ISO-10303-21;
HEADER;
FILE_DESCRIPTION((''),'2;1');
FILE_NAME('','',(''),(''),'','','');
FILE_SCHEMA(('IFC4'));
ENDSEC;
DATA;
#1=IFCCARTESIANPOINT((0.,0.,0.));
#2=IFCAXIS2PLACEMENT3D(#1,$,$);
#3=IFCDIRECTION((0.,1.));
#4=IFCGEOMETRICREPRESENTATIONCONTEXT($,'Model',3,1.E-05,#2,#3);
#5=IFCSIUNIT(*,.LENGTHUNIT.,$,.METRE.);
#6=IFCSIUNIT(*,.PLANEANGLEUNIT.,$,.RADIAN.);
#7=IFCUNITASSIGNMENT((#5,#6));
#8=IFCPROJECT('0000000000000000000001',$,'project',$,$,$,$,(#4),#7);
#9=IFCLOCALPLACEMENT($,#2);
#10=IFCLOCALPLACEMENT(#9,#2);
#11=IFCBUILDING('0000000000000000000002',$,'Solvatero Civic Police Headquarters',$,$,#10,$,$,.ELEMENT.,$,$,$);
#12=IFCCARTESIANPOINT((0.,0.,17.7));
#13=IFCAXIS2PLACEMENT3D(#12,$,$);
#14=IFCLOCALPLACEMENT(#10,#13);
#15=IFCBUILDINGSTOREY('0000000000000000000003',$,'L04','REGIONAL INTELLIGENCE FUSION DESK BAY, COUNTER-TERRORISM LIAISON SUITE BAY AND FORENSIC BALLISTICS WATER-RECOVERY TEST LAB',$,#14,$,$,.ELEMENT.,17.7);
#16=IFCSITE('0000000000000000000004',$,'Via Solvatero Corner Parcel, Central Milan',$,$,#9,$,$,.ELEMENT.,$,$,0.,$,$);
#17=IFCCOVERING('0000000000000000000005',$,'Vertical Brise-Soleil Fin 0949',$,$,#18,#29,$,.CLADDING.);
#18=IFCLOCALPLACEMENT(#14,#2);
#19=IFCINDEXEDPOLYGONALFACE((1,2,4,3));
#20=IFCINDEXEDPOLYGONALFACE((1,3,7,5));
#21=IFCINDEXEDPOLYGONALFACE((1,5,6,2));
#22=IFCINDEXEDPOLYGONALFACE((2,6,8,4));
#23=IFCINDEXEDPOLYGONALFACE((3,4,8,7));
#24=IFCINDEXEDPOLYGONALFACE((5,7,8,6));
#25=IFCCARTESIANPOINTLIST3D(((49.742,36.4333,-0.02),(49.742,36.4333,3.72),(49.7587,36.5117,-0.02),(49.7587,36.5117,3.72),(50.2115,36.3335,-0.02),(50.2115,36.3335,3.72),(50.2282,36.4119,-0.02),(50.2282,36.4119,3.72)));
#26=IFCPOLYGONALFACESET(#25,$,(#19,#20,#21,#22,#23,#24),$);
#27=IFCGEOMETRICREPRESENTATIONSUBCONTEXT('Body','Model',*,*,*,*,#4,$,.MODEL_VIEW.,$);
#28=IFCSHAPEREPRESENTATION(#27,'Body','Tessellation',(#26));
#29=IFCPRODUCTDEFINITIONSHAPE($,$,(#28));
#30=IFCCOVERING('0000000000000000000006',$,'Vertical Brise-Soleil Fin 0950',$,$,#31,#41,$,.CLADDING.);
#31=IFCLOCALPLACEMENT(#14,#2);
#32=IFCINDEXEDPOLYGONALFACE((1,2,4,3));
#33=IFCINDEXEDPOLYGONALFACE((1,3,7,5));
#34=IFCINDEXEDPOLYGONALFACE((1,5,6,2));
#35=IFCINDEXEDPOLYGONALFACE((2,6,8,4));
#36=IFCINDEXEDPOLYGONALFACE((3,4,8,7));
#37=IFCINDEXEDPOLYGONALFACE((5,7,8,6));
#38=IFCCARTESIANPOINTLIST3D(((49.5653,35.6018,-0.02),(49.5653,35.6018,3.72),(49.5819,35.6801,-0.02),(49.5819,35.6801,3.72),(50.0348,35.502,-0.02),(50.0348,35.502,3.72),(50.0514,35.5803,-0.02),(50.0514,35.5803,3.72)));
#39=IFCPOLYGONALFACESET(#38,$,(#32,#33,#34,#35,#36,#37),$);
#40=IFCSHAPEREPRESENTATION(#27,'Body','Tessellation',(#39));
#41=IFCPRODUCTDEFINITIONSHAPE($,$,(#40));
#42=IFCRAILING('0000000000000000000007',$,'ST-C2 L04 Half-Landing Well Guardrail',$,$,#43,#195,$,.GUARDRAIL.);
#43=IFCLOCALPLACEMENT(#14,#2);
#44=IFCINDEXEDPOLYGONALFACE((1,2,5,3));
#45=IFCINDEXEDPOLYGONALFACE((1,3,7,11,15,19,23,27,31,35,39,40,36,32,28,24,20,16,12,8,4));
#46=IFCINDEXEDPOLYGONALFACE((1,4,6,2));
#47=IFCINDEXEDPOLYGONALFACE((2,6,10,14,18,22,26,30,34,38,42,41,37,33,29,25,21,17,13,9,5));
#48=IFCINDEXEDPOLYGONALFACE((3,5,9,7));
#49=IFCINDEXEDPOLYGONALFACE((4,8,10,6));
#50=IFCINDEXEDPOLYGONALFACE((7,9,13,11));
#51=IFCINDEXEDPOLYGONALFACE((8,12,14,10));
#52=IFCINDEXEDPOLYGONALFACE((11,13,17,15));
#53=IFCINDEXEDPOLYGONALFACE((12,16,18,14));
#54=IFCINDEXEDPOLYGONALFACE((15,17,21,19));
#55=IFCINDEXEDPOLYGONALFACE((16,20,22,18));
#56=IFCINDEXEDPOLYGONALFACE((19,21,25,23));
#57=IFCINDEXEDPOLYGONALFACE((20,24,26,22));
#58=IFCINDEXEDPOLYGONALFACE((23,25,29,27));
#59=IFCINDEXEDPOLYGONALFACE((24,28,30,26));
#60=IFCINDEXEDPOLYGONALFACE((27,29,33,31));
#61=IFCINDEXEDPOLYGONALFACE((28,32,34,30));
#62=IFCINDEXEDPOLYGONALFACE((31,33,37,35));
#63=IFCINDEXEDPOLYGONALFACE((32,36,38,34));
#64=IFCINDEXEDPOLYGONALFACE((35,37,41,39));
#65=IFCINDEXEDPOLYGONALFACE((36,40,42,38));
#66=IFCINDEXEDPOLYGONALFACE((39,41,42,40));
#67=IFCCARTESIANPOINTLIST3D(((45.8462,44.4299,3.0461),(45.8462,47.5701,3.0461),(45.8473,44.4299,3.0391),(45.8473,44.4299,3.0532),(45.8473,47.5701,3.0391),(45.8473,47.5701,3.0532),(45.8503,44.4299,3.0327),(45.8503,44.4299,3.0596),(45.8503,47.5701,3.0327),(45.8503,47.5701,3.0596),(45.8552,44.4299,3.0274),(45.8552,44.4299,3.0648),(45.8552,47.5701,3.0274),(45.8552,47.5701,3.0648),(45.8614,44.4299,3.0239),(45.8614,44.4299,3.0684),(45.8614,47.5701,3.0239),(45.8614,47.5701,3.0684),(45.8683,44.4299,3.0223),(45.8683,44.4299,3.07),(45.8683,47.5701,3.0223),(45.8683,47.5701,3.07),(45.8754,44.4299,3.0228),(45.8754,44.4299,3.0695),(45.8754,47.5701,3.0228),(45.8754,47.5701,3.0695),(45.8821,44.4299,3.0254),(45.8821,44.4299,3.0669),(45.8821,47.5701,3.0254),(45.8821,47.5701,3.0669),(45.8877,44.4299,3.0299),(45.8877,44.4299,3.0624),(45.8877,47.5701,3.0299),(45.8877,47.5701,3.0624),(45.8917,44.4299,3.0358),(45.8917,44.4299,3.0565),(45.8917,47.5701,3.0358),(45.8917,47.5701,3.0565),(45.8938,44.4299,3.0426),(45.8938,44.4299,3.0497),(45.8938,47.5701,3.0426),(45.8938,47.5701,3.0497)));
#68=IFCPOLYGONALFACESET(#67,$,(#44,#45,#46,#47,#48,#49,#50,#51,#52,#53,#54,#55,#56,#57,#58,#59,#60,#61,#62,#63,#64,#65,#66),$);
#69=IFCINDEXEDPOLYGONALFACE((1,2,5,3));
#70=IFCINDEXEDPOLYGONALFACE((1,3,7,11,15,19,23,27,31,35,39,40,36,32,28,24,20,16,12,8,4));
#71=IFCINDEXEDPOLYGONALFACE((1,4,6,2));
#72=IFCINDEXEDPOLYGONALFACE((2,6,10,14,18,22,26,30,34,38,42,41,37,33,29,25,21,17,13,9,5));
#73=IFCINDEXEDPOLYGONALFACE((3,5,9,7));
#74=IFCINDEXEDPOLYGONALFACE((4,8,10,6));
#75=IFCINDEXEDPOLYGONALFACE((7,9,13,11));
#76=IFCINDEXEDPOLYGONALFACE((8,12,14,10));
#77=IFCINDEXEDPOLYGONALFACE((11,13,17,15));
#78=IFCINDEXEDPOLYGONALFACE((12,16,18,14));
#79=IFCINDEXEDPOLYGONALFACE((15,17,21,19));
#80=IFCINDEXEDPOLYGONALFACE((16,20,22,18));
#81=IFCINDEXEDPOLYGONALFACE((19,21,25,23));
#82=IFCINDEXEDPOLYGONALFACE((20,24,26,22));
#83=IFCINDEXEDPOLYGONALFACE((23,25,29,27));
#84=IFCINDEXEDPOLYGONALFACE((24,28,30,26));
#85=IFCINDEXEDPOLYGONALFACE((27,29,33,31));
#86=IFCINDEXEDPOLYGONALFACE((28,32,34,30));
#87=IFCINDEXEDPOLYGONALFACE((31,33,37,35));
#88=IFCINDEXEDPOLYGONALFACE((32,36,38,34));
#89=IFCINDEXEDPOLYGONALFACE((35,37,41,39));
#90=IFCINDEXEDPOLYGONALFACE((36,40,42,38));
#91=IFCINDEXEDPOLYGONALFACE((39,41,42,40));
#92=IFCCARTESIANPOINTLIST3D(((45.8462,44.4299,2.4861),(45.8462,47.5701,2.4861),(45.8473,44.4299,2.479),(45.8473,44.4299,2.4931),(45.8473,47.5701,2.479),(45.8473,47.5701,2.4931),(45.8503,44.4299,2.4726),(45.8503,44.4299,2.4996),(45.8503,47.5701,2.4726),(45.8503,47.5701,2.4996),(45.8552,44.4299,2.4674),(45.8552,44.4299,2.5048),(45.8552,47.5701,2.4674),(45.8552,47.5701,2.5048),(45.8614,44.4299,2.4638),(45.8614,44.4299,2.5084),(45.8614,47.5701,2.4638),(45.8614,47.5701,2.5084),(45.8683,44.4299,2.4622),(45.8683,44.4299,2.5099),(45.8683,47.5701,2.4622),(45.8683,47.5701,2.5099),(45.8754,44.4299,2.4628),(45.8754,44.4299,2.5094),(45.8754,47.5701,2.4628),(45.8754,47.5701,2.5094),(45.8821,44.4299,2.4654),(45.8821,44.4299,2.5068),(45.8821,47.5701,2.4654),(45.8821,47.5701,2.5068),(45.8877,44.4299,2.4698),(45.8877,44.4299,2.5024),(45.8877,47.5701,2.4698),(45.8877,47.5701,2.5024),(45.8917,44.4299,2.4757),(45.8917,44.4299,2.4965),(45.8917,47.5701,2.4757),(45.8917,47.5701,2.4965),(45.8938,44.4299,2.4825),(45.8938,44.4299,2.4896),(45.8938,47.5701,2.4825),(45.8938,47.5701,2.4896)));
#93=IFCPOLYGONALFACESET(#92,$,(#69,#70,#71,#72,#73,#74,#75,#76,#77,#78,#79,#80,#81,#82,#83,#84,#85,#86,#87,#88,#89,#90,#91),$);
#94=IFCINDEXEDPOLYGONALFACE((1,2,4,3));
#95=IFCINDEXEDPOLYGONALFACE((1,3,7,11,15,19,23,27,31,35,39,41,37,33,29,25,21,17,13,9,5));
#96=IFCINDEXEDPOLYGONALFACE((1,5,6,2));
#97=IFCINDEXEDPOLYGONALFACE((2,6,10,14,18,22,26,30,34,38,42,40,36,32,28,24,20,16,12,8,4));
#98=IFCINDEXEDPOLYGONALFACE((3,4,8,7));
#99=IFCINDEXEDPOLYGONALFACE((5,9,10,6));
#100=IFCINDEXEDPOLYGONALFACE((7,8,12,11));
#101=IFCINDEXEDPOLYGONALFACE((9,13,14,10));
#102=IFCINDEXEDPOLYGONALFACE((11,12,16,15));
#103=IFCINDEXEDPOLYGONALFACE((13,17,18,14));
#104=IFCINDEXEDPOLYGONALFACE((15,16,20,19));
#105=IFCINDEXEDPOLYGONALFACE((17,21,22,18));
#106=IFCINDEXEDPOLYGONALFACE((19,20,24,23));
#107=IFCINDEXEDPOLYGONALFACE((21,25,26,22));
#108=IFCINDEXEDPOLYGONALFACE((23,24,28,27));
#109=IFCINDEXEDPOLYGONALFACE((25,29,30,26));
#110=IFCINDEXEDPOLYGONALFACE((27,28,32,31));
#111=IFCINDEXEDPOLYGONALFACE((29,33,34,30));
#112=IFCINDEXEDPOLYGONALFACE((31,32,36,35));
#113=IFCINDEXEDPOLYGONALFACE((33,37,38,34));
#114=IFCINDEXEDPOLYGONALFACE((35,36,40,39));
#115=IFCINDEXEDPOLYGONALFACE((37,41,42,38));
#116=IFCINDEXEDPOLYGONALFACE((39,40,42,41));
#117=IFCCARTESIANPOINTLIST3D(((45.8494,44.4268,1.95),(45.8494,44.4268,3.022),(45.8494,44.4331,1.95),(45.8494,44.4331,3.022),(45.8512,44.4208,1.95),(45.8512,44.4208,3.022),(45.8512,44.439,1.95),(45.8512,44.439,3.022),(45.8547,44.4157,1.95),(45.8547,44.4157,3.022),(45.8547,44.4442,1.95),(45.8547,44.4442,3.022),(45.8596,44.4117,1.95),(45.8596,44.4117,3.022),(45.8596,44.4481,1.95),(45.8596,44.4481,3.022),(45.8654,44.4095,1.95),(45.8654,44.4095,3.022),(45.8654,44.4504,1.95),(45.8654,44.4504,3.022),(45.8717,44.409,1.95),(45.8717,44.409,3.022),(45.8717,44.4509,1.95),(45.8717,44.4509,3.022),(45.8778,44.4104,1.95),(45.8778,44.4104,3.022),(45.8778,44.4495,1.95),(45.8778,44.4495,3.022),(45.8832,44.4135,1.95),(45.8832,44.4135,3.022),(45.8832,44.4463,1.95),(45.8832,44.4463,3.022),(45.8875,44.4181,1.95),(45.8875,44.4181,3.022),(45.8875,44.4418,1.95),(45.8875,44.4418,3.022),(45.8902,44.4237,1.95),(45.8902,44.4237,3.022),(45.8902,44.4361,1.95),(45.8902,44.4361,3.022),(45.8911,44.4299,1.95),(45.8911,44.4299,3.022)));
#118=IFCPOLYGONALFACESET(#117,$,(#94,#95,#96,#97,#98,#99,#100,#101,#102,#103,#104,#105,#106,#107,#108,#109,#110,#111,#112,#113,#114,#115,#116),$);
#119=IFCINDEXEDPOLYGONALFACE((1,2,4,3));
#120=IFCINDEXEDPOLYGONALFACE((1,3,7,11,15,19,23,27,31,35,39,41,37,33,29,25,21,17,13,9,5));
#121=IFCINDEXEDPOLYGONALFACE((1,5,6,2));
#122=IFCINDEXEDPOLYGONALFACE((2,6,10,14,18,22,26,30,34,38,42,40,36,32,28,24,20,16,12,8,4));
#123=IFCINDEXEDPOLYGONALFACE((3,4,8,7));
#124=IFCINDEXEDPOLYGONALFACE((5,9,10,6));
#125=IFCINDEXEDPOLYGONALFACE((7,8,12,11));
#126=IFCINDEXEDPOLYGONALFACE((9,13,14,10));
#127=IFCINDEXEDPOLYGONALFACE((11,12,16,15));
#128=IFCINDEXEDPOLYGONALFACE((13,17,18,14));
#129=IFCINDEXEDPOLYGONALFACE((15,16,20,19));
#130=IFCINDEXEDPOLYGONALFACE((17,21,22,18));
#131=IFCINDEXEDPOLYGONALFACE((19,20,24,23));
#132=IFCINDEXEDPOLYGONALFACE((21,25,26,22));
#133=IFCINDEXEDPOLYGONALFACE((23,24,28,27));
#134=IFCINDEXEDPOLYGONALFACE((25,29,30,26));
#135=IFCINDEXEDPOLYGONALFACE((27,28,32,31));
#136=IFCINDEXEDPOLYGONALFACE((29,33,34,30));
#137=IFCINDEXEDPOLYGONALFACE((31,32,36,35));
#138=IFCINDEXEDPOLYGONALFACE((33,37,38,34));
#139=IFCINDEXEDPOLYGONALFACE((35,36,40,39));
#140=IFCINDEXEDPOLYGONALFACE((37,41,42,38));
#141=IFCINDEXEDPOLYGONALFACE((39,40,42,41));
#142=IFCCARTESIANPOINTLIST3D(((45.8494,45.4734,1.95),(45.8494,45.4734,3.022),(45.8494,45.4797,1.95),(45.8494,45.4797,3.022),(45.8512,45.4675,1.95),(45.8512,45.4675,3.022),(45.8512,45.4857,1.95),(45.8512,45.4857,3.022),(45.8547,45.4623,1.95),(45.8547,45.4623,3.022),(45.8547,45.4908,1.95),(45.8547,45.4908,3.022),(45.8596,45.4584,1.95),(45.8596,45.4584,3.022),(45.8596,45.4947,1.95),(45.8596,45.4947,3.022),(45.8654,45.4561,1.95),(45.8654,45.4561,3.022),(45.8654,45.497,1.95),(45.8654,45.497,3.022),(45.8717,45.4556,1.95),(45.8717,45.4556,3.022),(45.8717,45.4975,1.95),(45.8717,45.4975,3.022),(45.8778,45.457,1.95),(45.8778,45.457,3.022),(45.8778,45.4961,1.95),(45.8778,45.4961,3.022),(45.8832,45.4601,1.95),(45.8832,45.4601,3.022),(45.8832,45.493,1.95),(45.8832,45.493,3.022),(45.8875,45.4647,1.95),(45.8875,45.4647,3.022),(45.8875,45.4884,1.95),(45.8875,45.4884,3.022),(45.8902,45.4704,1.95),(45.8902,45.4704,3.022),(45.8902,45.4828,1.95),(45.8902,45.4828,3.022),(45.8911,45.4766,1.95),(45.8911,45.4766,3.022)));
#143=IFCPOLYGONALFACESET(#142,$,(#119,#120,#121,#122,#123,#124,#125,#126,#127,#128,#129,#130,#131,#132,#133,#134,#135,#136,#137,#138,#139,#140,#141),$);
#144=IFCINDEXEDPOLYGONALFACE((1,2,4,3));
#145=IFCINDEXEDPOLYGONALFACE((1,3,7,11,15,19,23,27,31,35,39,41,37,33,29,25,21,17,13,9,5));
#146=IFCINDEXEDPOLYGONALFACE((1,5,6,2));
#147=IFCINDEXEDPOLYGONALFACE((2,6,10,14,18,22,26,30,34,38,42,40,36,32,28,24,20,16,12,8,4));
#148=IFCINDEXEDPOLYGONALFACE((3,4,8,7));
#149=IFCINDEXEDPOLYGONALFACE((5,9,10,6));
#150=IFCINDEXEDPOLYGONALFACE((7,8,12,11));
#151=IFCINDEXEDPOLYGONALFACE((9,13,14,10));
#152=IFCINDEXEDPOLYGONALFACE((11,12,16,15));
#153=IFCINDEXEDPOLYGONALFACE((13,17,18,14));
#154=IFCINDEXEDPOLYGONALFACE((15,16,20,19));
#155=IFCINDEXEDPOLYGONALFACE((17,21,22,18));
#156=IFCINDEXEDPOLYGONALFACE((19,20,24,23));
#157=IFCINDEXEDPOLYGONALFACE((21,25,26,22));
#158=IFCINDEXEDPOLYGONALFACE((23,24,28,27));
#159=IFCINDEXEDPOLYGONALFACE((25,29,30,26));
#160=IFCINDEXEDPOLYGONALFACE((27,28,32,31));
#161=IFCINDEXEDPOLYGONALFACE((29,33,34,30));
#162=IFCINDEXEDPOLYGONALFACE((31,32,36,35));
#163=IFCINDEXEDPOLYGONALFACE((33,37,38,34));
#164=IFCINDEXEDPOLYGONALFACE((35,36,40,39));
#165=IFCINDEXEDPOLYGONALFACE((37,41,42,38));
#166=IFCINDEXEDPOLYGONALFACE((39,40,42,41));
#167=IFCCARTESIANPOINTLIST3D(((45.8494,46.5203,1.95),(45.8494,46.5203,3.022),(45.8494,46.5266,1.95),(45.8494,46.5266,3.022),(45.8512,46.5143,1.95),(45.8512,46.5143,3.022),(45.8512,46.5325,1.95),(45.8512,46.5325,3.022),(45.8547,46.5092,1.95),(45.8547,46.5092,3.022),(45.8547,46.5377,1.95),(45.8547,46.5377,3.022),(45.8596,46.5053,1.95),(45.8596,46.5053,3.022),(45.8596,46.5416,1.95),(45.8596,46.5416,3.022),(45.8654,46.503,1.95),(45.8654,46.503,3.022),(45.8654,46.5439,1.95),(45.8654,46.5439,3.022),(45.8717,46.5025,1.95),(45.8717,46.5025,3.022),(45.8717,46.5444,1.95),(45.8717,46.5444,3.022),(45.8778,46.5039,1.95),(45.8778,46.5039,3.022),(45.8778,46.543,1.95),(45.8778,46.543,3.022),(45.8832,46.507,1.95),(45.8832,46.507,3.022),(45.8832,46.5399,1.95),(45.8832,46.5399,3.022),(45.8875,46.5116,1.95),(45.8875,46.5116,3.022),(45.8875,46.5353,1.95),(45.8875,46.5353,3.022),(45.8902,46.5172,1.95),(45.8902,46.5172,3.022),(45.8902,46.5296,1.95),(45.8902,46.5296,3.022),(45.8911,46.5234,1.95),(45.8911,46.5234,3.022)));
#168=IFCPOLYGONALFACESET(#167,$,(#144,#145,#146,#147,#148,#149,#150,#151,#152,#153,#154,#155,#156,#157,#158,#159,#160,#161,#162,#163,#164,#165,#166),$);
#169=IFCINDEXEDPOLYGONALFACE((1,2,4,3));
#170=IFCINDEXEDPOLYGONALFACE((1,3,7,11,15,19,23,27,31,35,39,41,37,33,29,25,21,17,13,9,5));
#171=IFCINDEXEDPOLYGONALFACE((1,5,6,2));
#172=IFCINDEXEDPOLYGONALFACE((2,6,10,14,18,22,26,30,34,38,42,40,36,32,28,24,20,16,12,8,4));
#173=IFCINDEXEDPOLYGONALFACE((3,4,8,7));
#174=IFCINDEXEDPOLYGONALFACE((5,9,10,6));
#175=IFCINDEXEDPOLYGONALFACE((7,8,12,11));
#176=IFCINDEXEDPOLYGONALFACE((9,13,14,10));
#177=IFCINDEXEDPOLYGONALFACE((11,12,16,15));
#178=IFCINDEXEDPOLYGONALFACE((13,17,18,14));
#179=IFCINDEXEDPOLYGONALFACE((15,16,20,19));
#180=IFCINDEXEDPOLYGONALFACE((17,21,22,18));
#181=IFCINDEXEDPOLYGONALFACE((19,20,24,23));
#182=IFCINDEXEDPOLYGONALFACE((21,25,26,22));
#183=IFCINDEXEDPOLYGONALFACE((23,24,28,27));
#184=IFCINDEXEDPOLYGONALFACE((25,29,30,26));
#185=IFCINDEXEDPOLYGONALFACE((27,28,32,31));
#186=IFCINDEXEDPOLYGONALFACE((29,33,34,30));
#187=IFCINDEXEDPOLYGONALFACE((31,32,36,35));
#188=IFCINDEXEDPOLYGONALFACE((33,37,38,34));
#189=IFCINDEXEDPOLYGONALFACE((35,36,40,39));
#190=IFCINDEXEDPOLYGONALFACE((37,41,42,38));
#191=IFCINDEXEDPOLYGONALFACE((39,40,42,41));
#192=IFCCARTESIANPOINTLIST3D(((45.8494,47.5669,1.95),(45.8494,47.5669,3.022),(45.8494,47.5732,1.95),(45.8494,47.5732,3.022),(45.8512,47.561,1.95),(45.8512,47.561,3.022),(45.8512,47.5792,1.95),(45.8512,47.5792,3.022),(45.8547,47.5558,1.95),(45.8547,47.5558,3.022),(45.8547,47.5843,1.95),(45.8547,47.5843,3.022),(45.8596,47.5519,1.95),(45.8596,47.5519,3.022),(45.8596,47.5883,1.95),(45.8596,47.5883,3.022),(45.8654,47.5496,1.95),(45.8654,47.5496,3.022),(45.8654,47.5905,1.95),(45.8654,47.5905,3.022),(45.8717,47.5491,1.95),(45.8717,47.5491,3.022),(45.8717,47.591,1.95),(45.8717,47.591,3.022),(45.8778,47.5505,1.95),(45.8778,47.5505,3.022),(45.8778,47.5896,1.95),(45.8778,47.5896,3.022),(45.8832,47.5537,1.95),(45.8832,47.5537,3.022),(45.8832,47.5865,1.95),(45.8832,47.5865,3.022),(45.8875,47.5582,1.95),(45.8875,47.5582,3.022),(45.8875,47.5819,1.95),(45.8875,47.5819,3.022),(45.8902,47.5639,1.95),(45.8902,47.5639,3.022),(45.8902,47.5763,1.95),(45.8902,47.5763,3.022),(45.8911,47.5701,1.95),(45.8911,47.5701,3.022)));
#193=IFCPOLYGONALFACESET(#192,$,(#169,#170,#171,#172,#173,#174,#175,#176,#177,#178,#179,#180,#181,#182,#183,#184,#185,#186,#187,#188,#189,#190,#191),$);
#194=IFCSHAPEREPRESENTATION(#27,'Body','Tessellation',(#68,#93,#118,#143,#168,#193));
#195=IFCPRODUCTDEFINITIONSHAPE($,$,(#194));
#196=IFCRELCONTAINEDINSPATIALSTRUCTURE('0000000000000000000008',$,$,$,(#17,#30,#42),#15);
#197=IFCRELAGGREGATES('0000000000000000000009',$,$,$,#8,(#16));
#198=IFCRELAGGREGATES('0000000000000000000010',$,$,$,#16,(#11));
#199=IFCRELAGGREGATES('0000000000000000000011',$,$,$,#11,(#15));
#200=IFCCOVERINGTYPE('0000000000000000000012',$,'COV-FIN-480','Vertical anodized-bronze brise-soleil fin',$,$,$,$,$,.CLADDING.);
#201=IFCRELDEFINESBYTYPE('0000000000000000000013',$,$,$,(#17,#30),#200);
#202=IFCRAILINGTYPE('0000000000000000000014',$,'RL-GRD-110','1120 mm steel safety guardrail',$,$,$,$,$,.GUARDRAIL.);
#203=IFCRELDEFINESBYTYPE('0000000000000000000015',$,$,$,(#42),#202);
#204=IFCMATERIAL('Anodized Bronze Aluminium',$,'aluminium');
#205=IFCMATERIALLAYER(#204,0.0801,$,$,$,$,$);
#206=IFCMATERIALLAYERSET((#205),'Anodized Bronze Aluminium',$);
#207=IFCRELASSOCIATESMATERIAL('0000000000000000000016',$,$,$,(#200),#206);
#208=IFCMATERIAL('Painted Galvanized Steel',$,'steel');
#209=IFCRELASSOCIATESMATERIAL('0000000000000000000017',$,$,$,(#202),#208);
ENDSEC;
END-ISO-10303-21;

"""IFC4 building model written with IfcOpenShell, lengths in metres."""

from ifc_helpers import new_model, si_unit, direction, frame, origin, origin_2d, place, context, subcontext, project, spatial, rectangle, circle, extrude, material, layer, layer_set, type_object, element, save


model = new_model("IFC4")

# Units and contexts
model_context = context("Model", 3, precision=1e-05, world=origin(), true_north=direction((0.0, 1.0)))
body_context = subcontext(model_context, "Body", "Model", "MODEL_VIEW")
ifc_project = project(units=[si_unit("LENGTHUNIT", "METRE"), si_unit("PLANEANGLEUNIT", "RADIAN")], contexts=[model_context])

# Site, building, storey
site_placement = place(None, origin())
site = spatial("IfcSite", under=ifc_project, at=site_placement, Name="Via Solvatero Corner Parcel, Central Milan", CompositionType="ELEMENT", RefElevation=0.0)
building_placement = place(site_placement, origin())
building = spatial("IfcBuilding", under=site, at=building_placement, Name="Solvatero Civic Police Headquarters", CompositionType="ELEMENT")
storey_placement = place(building_placement, frame((0.0, 0.0, 17.7)))
storey = spatial("IfcBuildingStorey", under=building, at=storey_placement, Name="L04", Description="REGIONAL INTELLIGENCE FUSION DESK BAY, COUNTER-TERRORISM LIAISON SUITE BAY AND FORENSIC BALLISTICS WATER-RECOVERY TEST LAB", CompositionType="ELEMENT", Elevation=17.7)

# Shared definitions
ifc_material_1 = material(Name="Anodized Bronze Aluminium", Category="aluminium")

# Coverings
ifc_layer_1 = layer(ifc_material_1, 0.0801)
ifc_layer_set_1 = layer_set([ifc_layer_1], Name="Anodized Bronze Aluminium")
covering_type = type_object("IfcCoveringType", Name="COV-FIN-480", Description="Vertical anodized-bronze brise-soleil fin", PredefinedType="CLADDING", material=ifc_layer_set_1)
for number, where, z_axis, x_axis, name in (
    (1, (49.9851, 36.4226, -0.02), (0.0, 0.0, 1.0), (-0.207912, -0.978148, 0.0), "Vertical Brise-Soleil Fin 0949"),
    (2, (49.8083, 35.5911, -0.02), (0.0, 0.0, 1.0), (-0.207912, -0.978148, 0.0), "Vertical Brise-Soleil Fin 0950"),
):
    element("IfcCovering", number, at=place(storey_placement, frame(where, z_axis=z_axis, x_axis=x_axis)), inside=storey, type_object=covering_type, Name=name, PredefinedType="CLADDING", context=body_context, shape_type="SweptSolid", body=[
        extrude(rectangle(XDim=0.0801, YDim=0.48, at=origin_2d()), origin(), (0.0, 0.0, 1.0), 3.74),
    ])

# Railing
ifc_material_2 = material(Name="Painted Galvanized Steel", Category="steel")
railing_type = type_object("IfcRailingType", Name="RL-GRD-110", Description="1120 mm steel safety guardrail", PredefinedType="GUARDRAIL", material=ifc_material_2)
railing_1_placement = place(storey_placement, frame((45.8701, 44.4299, 1.95)))
element("IfcRailing", 3, at=railing_1_placement, inside=storey, type_object=railing_type, Name="ST-C2 L04 Half-Landing Well Guardrail", PredefinedType="GUARDRAIL", context=body_context, shape_type="SweptSolid", body=[
    extrude(circle(Radius=0.0239, at=origin_2d()), frame((0.0, 0.0, 1.0962), z_axis=(0.0, 1.0, 0.0), x_axis=(-1.0, 0.0, 0.0)), (0.0, 0.0, 1.0), 3.1401),
    extrude(circle(Radius=0.0239, at=origin_2d()), frame((0.0, 0.0, 0.5361), z_axis=(0.0, 1.0, 0.0), x_axis=(-1.0, 0.0, 0.0)), (0.0, 0.0, 1.0), 3.1401),
    extrude(circle(Radius=0.021, at=origin_2d()), origin(), (0.0, 0.0, 1.0), 1.072),
    extrude(circle(Radius=0.021, at=origin_2d()), frame((0.0, 1.0466, 0.0)), (0.0, 0.0, 1.0), 1.072),
    extrude(circle(Radius=0.021, at=origin_2d()), frame((0.0, 2.0935, 0.0)), (0.0, 0.0, 1.0), 1.072),
    extrude(circle(Radius=0.021, at=origin_2d()), frame((0.0, 3.1401, 0.0)), (0.0, 0.0, 1.0), 1.072),
])

save(model, "model.ifc")
